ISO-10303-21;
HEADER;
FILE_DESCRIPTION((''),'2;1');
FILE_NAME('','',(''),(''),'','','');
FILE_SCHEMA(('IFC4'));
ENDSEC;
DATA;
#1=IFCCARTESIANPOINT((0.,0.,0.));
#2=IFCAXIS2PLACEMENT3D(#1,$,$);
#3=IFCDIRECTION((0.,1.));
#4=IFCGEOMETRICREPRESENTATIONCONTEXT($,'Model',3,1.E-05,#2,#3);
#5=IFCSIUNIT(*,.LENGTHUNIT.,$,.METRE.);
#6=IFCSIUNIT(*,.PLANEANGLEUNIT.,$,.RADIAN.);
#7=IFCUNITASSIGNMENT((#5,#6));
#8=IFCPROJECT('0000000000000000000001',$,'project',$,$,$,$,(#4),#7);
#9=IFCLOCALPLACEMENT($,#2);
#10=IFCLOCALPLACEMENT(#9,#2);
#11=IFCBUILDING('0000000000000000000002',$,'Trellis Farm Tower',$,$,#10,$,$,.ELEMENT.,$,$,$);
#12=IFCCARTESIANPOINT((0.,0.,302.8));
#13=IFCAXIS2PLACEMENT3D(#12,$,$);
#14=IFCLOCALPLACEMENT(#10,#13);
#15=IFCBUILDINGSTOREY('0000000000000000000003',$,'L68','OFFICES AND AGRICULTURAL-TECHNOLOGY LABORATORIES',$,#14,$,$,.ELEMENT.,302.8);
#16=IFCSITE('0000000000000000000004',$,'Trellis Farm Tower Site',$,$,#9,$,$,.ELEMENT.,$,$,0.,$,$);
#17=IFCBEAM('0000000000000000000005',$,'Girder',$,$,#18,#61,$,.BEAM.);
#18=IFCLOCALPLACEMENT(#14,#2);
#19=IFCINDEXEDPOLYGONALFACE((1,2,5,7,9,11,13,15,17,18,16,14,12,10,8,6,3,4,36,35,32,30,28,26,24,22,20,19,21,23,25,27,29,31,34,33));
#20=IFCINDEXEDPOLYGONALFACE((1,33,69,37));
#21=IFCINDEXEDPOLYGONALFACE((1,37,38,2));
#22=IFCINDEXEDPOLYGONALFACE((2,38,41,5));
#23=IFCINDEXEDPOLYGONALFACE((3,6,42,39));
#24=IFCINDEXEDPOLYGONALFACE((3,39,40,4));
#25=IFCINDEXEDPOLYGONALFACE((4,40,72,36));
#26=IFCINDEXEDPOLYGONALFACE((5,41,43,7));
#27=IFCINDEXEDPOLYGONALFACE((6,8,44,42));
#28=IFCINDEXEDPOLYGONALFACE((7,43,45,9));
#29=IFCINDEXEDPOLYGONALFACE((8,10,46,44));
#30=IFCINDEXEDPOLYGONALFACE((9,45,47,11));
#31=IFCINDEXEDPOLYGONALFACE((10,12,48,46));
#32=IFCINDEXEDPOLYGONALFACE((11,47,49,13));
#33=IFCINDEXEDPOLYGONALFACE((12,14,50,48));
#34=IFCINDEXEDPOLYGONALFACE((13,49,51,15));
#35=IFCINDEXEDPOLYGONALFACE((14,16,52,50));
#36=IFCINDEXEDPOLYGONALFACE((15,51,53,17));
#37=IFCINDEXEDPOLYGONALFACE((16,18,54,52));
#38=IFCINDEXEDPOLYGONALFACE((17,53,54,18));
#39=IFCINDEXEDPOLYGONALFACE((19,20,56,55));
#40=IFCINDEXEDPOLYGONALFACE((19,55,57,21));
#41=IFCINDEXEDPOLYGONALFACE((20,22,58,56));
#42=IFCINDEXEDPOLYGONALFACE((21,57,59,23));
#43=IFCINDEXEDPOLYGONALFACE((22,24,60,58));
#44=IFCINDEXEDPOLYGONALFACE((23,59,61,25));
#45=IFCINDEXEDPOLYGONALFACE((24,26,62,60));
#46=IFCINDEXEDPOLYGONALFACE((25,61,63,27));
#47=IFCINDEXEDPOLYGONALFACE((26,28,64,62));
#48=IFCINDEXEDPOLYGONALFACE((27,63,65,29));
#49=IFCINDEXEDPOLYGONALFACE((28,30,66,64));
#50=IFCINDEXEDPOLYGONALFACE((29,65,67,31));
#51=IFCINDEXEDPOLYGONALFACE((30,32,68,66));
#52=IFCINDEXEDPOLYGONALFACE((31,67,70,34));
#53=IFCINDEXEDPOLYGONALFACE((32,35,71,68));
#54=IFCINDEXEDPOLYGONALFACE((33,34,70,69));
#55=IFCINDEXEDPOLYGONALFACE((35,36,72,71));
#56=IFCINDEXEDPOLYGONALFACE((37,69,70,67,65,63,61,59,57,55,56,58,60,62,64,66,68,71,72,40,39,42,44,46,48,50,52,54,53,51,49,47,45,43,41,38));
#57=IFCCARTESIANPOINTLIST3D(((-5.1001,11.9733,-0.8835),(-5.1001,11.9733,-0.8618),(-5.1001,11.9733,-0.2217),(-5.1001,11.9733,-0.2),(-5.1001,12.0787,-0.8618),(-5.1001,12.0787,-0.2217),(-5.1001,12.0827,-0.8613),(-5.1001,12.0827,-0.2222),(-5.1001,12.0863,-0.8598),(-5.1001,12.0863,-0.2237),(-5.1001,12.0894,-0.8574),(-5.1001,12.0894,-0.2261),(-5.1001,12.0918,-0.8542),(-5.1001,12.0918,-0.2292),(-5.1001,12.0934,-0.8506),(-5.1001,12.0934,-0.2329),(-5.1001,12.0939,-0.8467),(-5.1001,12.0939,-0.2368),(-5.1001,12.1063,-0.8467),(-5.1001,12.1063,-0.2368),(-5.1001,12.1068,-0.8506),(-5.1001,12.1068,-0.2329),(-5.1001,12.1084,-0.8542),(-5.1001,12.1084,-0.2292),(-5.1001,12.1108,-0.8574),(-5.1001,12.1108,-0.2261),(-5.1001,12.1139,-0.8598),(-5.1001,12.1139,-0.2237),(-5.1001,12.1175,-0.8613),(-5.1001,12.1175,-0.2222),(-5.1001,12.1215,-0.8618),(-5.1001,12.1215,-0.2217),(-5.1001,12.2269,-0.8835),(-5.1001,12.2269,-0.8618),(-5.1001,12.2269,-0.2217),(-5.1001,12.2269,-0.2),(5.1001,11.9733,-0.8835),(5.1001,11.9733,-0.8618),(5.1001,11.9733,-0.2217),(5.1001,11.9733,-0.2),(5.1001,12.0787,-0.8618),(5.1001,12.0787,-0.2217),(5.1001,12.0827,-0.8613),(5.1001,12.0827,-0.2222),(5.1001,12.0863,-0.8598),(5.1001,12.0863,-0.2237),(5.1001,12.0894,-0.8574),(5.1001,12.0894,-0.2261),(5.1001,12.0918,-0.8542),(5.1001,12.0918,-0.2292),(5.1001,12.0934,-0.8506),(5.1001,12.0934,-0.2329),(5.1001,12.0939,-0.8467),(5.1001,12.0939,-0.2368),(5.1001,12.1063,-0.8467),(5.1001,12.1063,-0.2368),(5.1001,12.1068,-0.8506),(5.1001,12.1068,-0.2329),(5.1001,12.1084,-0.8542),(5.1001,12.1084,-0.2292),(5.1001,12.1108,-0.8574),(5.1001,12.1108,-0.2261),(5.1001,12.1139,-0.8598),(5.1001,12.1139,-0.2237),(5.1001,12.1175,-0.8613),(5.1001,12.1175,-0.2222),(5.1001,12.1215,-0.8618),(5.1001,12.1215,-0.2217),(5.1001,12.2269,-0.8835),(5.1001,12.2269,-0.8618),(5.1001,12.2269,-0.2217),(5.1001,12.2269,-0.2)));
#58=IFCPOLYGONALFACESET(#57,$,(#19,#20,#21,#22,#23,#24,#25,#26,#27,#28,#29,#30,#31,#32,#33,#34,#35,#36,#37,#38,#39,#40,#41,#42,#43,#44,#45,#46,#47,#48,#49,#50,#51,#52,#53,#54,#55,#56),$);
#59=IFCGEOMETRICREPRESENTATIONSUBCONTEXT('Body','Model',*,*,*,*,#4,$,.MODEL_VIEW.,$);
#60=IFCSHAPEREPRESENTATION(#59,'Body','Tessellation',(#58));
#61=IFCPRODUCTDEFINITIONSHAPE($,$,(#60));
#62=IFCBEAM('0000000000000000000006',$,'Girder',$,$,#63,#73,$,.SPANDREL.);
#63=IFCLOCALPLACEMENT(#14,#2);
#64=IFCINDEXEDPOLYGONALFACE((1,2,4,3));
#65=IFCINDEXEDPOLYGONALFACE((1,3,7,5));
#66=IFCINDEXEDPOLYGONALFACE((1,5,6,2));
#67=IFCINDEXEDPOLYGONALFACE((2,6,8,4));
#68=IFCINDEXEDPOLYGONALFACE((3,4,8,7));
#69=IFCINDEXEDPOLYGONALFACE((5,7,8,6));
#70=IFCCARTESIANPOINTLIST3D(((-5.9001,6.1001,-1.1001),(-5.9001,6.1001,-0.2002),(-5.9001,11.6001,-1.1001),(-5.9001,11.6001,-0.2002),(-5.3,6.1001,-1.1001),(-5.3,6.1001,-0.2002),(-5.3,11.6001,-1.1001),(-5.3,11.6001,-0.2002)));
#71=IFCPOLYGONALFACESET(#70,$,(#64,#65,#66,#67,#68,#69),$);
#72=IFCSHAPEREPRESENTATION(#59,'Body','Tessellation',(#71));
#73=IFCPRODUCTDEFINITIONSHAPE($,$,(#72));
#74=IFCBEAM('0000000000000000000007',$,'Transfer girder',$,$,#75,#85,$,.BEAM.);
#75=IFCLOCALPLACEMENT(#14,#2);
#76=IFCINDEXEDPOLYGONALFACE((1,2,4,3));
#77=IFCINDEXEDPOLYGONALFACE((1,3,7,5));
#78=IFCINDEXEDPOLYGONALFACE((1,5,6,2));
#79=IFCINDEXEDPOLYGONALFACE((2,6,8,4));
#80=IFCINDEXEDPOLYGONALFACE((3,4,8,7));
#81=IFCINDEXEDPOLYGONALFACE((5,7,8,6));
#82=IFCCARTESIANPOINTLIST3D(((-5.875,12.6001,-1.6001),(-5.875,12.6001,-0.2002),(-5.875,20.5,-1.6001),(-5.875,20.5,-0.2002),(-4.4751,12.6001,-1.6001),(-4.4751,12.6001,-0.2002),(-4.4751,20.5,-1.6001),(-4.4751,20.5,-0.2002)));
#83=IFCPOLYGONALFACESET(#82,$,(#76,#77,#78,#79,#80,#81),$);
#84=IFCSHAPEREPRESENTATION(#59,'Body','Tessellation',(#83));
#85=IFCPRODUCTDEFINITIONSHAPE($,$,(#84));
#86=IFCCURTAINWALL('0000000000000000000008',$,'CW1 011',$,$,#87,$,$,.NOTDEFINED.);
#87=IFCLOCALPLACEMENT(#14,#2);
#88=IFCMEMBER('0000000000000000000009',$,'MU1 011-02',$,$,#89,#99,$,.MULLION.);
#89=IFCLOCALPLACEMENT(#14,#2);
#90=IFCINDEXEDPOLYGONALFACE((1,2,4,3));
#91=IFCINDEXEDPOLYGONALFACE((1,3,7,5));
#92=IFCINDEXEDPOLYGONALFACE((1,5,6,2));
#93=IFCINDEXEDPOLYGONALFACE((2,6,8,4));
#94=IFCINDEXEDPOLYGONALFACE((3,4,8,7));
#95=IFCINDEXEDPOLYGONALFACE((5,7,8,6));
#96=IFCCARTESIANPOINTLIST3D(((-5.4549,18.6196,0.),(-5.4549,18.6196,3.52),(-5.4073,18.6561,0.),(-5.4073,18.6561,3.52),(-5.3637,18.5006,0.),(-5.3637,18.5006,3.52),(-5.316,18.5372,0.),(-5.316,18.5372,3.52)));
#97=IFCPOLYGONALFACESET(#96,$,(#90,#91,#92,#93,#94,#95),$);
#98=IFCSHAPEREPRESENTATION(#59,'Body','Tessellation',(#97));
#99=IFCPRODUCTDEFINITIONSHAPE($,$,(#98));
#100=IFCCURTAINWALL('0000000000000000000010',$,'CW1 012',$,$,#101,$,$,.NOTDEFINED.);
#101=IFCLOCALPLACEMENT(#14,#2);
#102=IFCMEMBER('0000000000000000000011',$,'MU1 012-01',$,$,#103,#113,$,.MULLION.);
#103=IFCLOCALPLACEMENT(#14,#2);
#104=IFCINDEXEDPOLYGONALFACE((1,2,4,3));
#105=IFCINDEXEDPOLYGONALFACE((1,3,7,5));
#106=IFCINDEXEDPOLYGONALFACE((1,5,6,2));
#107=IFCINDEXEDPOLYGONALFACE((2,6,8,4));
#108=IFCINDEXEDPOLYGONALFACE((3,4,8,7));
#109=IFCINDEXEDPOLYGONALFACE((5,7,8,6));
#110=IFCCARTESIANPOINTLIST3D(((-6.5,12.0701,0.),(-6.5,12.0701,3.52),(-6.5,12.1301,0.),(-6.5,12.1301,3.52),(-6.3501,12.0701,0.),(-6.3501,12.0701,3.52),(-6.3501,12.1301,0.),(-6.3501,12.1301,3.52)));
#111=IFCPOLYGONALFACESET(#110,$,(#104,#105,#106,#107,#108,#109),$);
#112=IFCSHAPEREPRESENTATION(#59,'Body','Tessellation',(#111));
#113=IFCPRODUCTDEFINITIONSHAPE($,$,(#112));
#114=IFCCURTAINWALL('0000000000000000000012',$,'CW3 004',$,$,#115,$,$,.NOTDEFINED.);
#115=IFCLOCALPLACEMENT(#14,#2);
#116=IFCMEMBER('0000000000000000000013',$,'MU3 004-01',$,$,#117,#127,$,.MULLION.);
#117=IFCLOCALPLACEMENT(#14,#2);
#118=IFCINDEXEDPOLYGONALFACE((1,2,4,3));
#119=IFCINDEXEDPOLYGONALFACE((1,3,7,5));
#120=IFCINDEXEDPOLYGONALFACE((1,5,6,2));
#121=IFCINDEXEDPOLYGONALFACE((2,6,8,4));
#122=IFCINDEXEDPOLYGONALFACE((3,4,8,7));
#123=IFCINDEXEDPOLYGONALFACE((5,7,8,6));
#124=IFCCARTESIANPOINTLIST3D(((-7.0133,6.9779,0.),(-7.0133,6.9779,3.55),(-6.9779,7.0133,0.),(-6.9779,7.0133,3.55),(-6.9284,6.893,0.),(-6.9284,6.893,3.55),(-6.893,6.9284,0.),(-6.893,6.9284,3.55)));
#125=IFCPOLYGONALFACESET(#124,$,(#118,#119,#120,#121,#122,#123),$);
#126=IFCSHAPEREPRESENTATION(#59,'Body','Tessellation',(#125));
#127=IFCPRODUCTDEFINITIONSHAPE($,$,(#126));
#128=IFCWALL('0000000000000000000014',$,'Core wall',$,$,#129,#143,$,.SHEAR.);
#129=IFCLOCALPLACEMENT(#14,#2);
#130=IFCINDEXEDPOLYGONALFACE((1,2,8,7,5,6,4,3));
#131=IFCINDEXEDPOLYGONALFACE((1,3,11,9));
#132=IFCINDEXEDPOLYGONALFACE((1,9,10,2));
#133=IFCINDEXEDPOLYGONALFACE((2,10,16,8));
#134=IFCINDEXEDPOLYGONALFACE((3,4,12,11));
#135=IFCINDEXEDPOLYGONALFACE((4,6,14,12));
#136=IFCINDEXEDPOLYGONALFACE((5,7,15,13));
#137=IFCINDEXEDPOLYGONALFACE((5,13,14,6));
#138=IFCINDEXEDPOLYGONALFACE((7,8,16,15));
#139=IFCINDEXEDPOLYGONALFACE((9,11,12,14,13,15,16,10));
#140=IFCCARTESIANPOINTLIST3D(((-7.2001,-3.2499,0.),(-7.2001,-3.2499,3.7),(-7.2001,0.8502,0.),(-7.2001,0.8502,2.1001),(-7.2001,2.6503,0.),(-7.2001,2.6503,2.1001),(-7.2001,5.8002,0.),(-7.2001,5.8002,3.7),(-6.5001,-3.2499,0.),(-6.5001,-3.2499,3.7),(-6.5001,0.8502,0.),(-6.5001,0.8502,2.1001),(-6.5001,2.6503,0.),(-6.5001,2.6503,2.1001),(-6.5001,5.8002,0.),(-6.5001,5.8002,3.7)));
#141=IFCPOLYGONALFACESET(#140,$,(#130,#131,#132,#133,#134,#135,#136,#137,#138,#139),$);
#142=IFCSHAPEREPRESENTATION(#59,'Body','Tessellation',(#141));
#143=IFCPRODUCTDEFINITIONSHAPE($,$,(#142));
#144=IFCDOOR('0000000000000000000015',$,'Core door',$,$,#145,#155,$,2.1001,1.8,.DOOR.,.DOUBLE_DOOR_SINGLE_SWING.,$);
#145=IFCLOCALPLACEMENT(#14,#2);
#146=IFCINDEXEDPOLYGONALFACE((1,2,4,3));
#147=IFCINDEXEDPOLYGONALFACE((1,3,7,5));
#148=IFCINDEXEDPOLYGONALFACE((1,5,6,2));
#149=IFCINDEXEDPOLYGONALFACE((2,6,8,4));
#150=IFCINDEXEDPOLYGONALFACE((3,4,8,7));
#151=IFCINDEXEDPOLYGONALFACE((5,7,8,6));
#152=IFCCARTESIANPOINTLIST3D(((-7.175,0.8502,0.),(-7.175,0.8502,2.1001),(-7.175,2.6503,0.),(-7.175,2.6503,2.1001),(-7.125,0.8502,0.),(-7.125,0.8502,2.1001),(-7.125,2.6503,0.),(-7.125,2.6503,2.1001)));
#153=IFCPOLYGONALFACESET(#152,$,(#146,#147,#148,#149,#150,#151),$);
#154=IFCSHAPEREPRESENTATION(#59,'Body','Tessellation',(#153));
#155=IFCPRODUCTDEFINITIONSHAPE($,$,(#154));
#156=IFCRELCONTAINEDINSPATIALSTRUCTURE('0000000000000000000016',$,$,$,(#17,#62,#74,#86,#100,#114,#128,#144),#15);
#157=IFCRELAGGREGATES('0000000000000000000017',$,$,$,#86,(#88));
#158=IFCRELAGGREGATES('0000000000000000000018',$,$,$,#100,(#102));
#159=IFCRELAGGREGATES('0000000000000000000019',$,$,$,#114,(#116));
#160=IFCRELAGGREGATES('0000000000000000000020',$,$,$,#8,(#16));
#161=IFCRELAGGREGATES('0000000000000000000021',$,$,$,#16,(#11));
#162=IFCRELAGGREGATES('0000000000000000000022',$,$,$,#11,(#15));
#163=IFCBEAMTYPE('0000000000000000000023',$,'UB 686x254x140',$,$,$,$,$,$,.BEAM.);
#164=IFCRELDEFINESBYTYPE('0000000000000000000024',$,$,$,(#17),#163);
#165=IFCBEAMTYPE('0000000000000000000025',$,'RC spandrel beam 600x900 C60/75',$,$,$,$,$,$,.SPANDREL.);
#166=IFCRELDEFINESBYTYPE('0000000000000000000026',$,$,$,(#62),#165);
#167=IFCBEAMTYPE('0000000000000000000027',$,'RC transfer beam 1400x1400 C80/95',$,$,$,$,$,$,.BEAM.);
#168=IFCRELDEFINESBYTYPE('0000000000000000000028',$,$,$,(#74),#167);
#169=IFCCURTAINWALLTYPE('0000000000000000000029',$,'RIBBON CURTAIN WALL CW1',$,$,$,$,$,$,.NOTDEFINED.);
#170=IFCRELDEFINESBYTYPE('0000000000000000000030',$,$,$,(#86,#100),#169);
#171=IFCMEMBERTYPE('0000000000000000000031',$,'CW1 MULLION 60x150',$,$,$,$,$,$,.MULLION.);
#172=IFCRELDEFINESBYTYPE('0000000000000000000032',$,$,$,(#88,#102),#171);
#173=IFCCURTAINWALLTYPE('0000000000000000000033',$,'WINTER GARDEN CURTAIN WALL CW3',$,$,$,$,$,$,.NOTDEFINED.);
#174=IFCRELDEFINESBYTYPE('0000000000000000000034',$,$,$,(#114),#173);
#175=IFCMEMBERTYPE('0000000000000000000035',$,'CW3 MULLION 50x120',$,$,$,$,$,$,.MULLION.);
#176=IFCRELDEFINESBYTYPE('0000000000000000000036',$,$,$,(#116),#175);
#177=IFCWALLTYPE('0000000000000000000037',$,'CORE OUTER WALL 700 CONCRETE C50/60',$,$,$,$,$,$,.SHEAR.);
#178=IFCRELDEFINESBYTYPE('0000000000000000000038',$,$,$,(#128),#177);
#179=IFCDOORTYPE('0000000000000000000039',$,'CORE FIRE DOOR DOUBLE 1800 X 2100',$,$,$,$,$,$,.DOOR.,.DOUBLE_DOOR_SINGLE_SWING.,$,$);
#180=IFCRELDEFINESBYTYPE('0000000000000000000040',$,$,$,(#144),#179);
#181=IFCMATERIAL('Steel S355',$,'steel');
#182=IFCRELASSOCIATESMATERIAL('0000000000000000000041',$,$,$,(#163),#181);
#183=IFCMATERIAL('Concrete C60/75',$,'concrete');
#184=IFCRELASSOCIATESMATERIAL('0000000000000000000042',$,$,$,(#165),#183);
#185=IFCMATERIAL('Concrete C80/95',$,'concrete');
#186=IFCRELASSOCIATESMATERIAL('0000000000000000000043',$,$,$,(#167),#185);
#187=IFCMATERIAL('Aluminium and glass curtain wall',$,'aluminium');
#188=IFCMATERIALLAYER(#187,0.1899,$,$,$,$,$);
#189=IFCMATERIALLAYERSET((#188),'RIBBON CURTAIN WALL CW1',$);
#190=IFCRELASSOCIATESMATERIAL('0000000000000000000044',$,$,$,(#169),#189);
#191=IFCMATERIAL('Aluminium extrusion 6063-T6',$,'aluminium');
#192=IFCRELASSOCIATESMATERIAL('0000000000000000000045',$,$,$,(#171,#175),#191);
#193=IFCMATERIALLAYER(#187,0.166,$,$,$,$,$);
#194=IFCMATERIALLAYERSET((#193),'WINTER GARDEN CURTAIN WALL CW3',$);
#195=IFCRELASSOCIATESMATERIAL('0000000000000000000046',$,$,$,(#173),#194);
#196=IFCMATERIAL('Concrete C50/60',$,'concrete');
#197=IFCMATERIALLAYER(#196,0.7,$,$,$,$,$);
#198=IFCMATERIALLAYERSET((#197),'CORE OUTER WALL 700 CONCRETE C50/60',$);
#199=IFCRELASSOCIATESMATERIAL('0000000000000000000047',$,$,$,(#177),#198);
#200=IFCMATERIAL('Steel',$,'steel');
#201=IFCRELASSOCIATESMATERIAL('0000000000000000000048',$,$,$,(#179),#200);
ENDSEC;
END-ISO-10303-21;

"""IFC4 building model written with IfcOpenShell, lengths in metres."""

from ifc_helpers import new_model, si_unit, direction, frame, frame_2d, origin, origin_2d, place, context, subcontext, project, spatial, rectangle, i_section, extrude, source, transform, mapped, material, layer, layer_set, material_profile, profile_set, type_object, element, fill, aggregate, save


model = new_model("IFC4")

# Units and contexts
model_context = context("Model", 3, precision=1e-05, world=origin(), true_north=direction((0.0, 1.0)))
body_context = subcontext(model_context, "Body", "Model", "MODEL_VIEW")
ifc_project = project(units=[si_unit("LENGTHUNIT", "METRE"), si_unit("PLANEANGLEUNIT", "RADIAN")], contexts=[model_context])

# Site, building, storey
site_placement = place(None, origin())
site = spatial("IfcSite", under=ifc_project, at=site_placement, Name="Trellis Farm Tower Site", CompositionType="ELEMENT", RefElevation=0.0)
building_placement = place(site_placement, origin())
building = spatial("IfcBuilding", under=site, at=building_placement, Name="Trellis Farm Tower", CompositionType="ELEMENT")
storey_placement = place(building_placement, frame((0.0, 0.0, 302.8)))
storey = spatial("IfcBuildingStorey", under=building, at=storey_placement, Name="L68", Description="OFFICES AND AGRICULTURAL-TECHNOLOGY LABORATORIES", CompositionType="ELEMENT", Elevation=302.8)

# Shared definitions
ifc_material_1 = material(Name="Concrete C60/75", Category="concrete")

# Beams
ifc_material_2 = material(Name="Steel S355", Category="steel")
ifc_material_profile_1 = material_profile(ifc_material_2, i_section(OverallWidth=0.2537, OverallDepth=0.6836, WebThickness=0.0125, FlangeThickness=0.0217, FilletRadius=0.0151, at=origin_2d()), Name="UB 686x254x140")
ifc_profile_set_1 = profile_set([ifc_material_profile_1], Name="Steel S355")
beam_type_1 = type_object("IfcBeamType", Name="UB 686x254x140", PredefinedType="BEAM", material=ifc_profile_set_1)
shared_shape_1 = source(origin(), body_context, "Body", "SweptSolid", [
    extrude(i_section(OverallWidth=0.2537, OverallDepth=0.6836, WebThickness=0.0125, FlangeThickness=0.0217, FilletRadius=0.0151, at=origin_2d()), origin(), (0.0, 0.0, 1.0), 10.2002),
])
for number, where, z_axis, x_axis, name in (
    (1, (-5.1001, 12.1001, -0.5417), (1.0, 0.0, 0.0), (0.0, 1.0, 0.0), "Girder"),
):
    element("IfcBeam", number, at=place(storey_placement, frame(where, z_axis=z_axis, x_axis=x_axis)), inside=storey, type_object=beam_type_1, Name=name, PredefinedType="BEAM", context=body_context, shape_type="MappedRepresentation", body=[
        mapped(shared_shape_1, transform((0.0, 0.0, 0.0))),
    ])
ifc_material_profile_2 = material_profile(ifc_material_1, rectangle(XDim=0.6001, YDim=0.8999, at=origin_2d()), Name="RC spandrel beam 600x900 C60/75")
ifc_profile_set_2 = profile_set([ifc_material_profile_2], Name="Concrete C60/75")
beam_type_2 = type_object("IfcBeamType", Name="RC spandrel beam 600x900 C60/75", PredefinedType="SPANDREL", material=ifc_profile_set_2)
shared_shape_2 = source(origin(), body_context, "Body", "SweptSolid", [
    extrude(rectangle(XDim=0.6001, YDim=0.8999, at=origin_2d()), origin(), (0.0, 0.0, 1.0), 5.5),
])
beam_1_placement = place(storey_placement, frame((-5.6001, 6.1001, -0.6501), z_axis=(0.0, 1.0, 0.0), x_axis=(-1.0, 0.0, 0.0)))
element("IfcBeam", 2, at=beam_1_placement, inside=storey, type_object=beam_type_2, Name="Girder", PredefinedType="SPANDREL", context=body_context, shape_type="MappedRepresentation", body=[
    mapped(shared_shape_2, transform((0.0, 0.0, 0.0))),
])
ifc_material_3 = material(Name="Concrete C80/95", Category="concrete")
ifc_material_profile_3 = material_profile(ifc_material_3, rectangle(XDim=1.3999, YDim=1.3999, at=origin_2d()), Name="RC transfer beam 1400x1400 C80/95")
ifc_profile_set_3 = profile_set([ifc_material_profile_3], Name="Concrete C80/95")
beam_type_3 = type_object("IfcBeamType", Name="RC transfer beam 1400x1400 C80/95", PredefinedType="BEAM", material=ifc_profile_set_3)
shared_shape_3 = source(origin(), body_context, "Body", "SweptSolid", [
    extrude(rectangle(XDim=1.3999, YDim=1.3999, at=origin_2d()), origin(), (0.0, 0.0, 1.0), 7.8999),
])
beam_2_placement = place(storey_placement, frame((-5.175, 12.6001, -0.9001), z_axis=(0.0, 1.0, 0.0), x_axis=(-1.0, 0.0, 0.0)))
element("IfcBeam", 3, at=beam_2_placement, inside=storey, type_object=beam_type_3, Name="Transfer girder", PredefinedType="BEAM", context=body_context, shape_type="MappedRepresentation", body=[
    mapped(shared_shape_3, transform((0.0, 0.0, 0.0))),
])

# Curtain walls, members
ifc_material_4 = material(Name="Aluminium and glass curtain wall", Category="aluminium")
ifc_layer_1 = layer(ifc_material_4, 0.1899)
ifc_layer_set_1 = layer_set([ifc_layer_1], Name="RIBBON CURTAIN WALL CW1")
curtain_wall_type_1 = type_object("IfcCurtainWallType", Name="RIBBON CURTAIN WALL CW1", PredefinedType="NOTDEFINED", material=ifc_layer_set_1)
placement = place(storey_placement, origin())
curtain_wall_1 = element("IfcCurtainWall", 4, at=placement, inside=storey, type_object=curtain_wall_type_1, Name="CW1 011", PredefinedType="NOTDEFINED")
ifc_material_5 = material(Name="Aluminium extrusion 6063-T6", Category="aluminium")
ifc_material_profile_4 = material_profile(ifc_material_5, rectangle(XDim=0.0601, YDim=0.1499, at=origin_2d()), Name="MULLION 60x150")
ifc_profile_set_4 = profile_set([ifc_material_profile_4], Name="Aluminium extrusion 6063-T6")
member_type_1 = type_object("IfcMemberType", Name="CW1 MULLION 60x150", PredefinedType="MULLION", material=ifc_profile_set_4)
shared_shape_4 = source(origin(), body_context, "Body", "SweptSolid", [
    extrude(rectangle(XDim=0.0601, YDim=0.1499, at=origin_2d()), origin(), (0.0, 0.0, 1.0), 3.52),
])
member_1_placement = place(storey_placement, frame((-5.3855, 18.5784, 0.0), z_axis=(0.0, 0.0, 1.0), x_axis=(-0.793353, -0.608761, 0.0)))
member_1 = element("IfcMember", 5, at=member_1_placement, type_object=member_type_1, Name="MU1 011-02", PredefinedType="MULLION", context=body_context, shape_type="MappedRepresentation", body=[
    mapped(shared_shape_4, transform((0.0, 0.0, 0.0))),
])
aggregate(curtain_wall_1, [member_1])
curtain_wall_2 = element("IfcCurtainWall", 6, at=placement, inside=storey, type_object=curtain_wall_type_1, Name="CW1 012", PredefinedType="NOTDEFINED")
member_2_placement = place(storey_placement, frame((-6.425, 12.1001, 0.0), z_axis=(0.0, 0.0, 1.0), x_axis=(0.0, -1.0, 0.0)))
member_2 = element("IfcMember", 7, at=member_2_placement, type_object=member_type_1, Name="MU1 012-01", PredefinedType="MULLION", context=body_context, shape_type="MappedRepresentation", body=[
    mapped(shared_shape_4, transform((0.0, 0.0, 0.0))),
])
aggregate(curtain_wall_2, [member_2])
ifc_layer_2 = layer(ifc_material_4, 0.166)
ifc_layer_set_2 = layer_set([ifc_layer_2], Name="WINTER GARDEN CURTAIN WALL CW3")
curtain_wall_type_2 = type_object("IfcCurtainWallType", Name="WINTER GARDEN CURTAIN WALL CW3", PredefinedType="NOTDEFINED", material=ifc_layer_set_2)
curtain_wall_3 = element("IfcCurtainWall", 8, at=placement, inside=storey, type_object=curtain_wall_type_2, Name="CW3 004", PredefinedType="NOTDEFINED")
ifc_material_profile_5 = material_profile(ifc_material_5, rectangle(XDim=0.05, YDim=0.1201, at=origin_2d()), Name="MULLION 50x120")
ifc_profile_set_5 = profile_set([ifc_material_profile_5], Name="Aluminium extrusion 6063-T6")
member_type_2 = type_object("IfcMemberType", Name="CW3 MULLION 50x120", PredefinedType="MULLION", material=ifc_profile_set_5)
shared_shape_5 = source(origin(), body_context, "Body", "SweptSolid", [
    extrude(rectangle(XDim=0.05, YDim=0.1201, at=origin_2d()), origin(), (0.0, 0.0, 1.0), 3.55),
])
member_3_placement = place(storey_placement, frame((-6.9531, 6.9531, 0.0), z_axis=(0.0, 0.0, 1.0), x_axis=(-0.707107, -0.707107, 0.0)))
member_3 = element("IfcMember", 9, at=member_3_placement, type_object=member_type_2, Name="MU3 004-01", PredefinedType="MULLION", context=body_context, shape_type="MappedRepresentation", body=[
    mapped(shared_shape_5, transform((0.0, 0.0, 0.0))),
])
aggregate(curtain_wall_3, [member_3])

# Wall, opening, door
ifc_material_6 = material(Name="Concrete C50/60", Category="concrete")
ifc_layer_3 = layer(ifc_material_6, 0.7)
ifc_layer_set_3 = layer_set([ifc_layer_3], Name="CORE OUTER WALL 700 CONCRETE C50/60")
wall_type_1 = type_object("IfcWallType", Name="CORE OUTER WALL 700 CONCRETE C50/60", PredefinedType="SHEAR", material=ifc_layer_set_3)
shared_shape_6 = source(origin(), body_context, "Body", "SweptSolid", [
    extrude(rectangle(XDim=9.05, YDim=0.7, at=frame_2d((4.5249, 0.0))), origin(), (0.0, 0.0, 1.0), 3.7),
])
wall_1_placement = place(storey_placement, frame((-6.8501, 5.8, 0.0), z_axis=(0.0, 0.0, 1.0), x_axis=(0.0, -1.0, 0.0)))
wall_1 = element("IfcWall", 10, at=wall_1_placement, inside=storey, type_object=wall_type_1, Name="Core wall", PredefinedType="SHEAR", context=body_context, shape_type="MappedRepresentation", body=[
    mapped(shared_shape_6, transform((0.0, 0.0, 0.0))),
])
shared_shape_7 = source(origin(), body_context, "Body", "SweptSolid", [
    extrude(rectangle(XDim=1.8, YDim=2.1001, at=frame_2d((0.8999, 1.05))), frame((0.0, 0.3601, 0.0), z_axis=(0.0, -1.0, 0.0), x_axis=(1.0, 0.0, 0.0)), (0.0, 0.0, 1.0), 0.7202),
])
opening_1_placement = place(wall_1_placement, frame((3.1499, 0.0, 0.0)))
opening_1 = element("IfcOpeningElement", 11, at=opening_1_placement, cuts=wall_1, PredefinedType="OPENING", context=body_context, shape_type="MappedRepresentation", body=[
    mapped(shared_shape_7, transform((0.0, 0.0, 0.0))),
])
ifc_material_7 = material(Name="Steel", Category="steel")
door_type_1 = type_object("IfcDoorType", Name="CORE FIRE DOOR DOUBLE 1800 X 2100", OperationType="DOUBLE_DOOR_SINGLE_SWING", PredefinedType="DOOR", material=ifc_material_7)
shared_shape_8 = source(origin(), body_context, "Body", "SweptSolid", [
    extrude(rectangle(XDim=1.8, YDim=2.1001, at=frame_2d((0.8999, 1.05))), frame((0.0, -0.2749, 0.0), z_axis=(0.0, -1.0, 0.0), x_axis=(1.0, 0.0, 0.0)), (0.0, 0.0, 1.0), 0.05),
])
door_1_placement = place(opening_1_placement, origin())
door_1 = element("IfcDoor", 12, at=door_1_placement, inside=storey, type_object=door_type_1, Name="Core door", OperationType="DOUBLE_DOOR_SINGLE_SWING", OverallHeight=2.1001, OverallWidth=1.8, PredefinedType="DOOR", context=body_context, shape_type="MappedRepresentation", body=[
    mapped(shared_shape_8, transform((0.0, 0.0, 0.0))),
])
fill(opening_1, door_1)

save(model, "model.ifc")
